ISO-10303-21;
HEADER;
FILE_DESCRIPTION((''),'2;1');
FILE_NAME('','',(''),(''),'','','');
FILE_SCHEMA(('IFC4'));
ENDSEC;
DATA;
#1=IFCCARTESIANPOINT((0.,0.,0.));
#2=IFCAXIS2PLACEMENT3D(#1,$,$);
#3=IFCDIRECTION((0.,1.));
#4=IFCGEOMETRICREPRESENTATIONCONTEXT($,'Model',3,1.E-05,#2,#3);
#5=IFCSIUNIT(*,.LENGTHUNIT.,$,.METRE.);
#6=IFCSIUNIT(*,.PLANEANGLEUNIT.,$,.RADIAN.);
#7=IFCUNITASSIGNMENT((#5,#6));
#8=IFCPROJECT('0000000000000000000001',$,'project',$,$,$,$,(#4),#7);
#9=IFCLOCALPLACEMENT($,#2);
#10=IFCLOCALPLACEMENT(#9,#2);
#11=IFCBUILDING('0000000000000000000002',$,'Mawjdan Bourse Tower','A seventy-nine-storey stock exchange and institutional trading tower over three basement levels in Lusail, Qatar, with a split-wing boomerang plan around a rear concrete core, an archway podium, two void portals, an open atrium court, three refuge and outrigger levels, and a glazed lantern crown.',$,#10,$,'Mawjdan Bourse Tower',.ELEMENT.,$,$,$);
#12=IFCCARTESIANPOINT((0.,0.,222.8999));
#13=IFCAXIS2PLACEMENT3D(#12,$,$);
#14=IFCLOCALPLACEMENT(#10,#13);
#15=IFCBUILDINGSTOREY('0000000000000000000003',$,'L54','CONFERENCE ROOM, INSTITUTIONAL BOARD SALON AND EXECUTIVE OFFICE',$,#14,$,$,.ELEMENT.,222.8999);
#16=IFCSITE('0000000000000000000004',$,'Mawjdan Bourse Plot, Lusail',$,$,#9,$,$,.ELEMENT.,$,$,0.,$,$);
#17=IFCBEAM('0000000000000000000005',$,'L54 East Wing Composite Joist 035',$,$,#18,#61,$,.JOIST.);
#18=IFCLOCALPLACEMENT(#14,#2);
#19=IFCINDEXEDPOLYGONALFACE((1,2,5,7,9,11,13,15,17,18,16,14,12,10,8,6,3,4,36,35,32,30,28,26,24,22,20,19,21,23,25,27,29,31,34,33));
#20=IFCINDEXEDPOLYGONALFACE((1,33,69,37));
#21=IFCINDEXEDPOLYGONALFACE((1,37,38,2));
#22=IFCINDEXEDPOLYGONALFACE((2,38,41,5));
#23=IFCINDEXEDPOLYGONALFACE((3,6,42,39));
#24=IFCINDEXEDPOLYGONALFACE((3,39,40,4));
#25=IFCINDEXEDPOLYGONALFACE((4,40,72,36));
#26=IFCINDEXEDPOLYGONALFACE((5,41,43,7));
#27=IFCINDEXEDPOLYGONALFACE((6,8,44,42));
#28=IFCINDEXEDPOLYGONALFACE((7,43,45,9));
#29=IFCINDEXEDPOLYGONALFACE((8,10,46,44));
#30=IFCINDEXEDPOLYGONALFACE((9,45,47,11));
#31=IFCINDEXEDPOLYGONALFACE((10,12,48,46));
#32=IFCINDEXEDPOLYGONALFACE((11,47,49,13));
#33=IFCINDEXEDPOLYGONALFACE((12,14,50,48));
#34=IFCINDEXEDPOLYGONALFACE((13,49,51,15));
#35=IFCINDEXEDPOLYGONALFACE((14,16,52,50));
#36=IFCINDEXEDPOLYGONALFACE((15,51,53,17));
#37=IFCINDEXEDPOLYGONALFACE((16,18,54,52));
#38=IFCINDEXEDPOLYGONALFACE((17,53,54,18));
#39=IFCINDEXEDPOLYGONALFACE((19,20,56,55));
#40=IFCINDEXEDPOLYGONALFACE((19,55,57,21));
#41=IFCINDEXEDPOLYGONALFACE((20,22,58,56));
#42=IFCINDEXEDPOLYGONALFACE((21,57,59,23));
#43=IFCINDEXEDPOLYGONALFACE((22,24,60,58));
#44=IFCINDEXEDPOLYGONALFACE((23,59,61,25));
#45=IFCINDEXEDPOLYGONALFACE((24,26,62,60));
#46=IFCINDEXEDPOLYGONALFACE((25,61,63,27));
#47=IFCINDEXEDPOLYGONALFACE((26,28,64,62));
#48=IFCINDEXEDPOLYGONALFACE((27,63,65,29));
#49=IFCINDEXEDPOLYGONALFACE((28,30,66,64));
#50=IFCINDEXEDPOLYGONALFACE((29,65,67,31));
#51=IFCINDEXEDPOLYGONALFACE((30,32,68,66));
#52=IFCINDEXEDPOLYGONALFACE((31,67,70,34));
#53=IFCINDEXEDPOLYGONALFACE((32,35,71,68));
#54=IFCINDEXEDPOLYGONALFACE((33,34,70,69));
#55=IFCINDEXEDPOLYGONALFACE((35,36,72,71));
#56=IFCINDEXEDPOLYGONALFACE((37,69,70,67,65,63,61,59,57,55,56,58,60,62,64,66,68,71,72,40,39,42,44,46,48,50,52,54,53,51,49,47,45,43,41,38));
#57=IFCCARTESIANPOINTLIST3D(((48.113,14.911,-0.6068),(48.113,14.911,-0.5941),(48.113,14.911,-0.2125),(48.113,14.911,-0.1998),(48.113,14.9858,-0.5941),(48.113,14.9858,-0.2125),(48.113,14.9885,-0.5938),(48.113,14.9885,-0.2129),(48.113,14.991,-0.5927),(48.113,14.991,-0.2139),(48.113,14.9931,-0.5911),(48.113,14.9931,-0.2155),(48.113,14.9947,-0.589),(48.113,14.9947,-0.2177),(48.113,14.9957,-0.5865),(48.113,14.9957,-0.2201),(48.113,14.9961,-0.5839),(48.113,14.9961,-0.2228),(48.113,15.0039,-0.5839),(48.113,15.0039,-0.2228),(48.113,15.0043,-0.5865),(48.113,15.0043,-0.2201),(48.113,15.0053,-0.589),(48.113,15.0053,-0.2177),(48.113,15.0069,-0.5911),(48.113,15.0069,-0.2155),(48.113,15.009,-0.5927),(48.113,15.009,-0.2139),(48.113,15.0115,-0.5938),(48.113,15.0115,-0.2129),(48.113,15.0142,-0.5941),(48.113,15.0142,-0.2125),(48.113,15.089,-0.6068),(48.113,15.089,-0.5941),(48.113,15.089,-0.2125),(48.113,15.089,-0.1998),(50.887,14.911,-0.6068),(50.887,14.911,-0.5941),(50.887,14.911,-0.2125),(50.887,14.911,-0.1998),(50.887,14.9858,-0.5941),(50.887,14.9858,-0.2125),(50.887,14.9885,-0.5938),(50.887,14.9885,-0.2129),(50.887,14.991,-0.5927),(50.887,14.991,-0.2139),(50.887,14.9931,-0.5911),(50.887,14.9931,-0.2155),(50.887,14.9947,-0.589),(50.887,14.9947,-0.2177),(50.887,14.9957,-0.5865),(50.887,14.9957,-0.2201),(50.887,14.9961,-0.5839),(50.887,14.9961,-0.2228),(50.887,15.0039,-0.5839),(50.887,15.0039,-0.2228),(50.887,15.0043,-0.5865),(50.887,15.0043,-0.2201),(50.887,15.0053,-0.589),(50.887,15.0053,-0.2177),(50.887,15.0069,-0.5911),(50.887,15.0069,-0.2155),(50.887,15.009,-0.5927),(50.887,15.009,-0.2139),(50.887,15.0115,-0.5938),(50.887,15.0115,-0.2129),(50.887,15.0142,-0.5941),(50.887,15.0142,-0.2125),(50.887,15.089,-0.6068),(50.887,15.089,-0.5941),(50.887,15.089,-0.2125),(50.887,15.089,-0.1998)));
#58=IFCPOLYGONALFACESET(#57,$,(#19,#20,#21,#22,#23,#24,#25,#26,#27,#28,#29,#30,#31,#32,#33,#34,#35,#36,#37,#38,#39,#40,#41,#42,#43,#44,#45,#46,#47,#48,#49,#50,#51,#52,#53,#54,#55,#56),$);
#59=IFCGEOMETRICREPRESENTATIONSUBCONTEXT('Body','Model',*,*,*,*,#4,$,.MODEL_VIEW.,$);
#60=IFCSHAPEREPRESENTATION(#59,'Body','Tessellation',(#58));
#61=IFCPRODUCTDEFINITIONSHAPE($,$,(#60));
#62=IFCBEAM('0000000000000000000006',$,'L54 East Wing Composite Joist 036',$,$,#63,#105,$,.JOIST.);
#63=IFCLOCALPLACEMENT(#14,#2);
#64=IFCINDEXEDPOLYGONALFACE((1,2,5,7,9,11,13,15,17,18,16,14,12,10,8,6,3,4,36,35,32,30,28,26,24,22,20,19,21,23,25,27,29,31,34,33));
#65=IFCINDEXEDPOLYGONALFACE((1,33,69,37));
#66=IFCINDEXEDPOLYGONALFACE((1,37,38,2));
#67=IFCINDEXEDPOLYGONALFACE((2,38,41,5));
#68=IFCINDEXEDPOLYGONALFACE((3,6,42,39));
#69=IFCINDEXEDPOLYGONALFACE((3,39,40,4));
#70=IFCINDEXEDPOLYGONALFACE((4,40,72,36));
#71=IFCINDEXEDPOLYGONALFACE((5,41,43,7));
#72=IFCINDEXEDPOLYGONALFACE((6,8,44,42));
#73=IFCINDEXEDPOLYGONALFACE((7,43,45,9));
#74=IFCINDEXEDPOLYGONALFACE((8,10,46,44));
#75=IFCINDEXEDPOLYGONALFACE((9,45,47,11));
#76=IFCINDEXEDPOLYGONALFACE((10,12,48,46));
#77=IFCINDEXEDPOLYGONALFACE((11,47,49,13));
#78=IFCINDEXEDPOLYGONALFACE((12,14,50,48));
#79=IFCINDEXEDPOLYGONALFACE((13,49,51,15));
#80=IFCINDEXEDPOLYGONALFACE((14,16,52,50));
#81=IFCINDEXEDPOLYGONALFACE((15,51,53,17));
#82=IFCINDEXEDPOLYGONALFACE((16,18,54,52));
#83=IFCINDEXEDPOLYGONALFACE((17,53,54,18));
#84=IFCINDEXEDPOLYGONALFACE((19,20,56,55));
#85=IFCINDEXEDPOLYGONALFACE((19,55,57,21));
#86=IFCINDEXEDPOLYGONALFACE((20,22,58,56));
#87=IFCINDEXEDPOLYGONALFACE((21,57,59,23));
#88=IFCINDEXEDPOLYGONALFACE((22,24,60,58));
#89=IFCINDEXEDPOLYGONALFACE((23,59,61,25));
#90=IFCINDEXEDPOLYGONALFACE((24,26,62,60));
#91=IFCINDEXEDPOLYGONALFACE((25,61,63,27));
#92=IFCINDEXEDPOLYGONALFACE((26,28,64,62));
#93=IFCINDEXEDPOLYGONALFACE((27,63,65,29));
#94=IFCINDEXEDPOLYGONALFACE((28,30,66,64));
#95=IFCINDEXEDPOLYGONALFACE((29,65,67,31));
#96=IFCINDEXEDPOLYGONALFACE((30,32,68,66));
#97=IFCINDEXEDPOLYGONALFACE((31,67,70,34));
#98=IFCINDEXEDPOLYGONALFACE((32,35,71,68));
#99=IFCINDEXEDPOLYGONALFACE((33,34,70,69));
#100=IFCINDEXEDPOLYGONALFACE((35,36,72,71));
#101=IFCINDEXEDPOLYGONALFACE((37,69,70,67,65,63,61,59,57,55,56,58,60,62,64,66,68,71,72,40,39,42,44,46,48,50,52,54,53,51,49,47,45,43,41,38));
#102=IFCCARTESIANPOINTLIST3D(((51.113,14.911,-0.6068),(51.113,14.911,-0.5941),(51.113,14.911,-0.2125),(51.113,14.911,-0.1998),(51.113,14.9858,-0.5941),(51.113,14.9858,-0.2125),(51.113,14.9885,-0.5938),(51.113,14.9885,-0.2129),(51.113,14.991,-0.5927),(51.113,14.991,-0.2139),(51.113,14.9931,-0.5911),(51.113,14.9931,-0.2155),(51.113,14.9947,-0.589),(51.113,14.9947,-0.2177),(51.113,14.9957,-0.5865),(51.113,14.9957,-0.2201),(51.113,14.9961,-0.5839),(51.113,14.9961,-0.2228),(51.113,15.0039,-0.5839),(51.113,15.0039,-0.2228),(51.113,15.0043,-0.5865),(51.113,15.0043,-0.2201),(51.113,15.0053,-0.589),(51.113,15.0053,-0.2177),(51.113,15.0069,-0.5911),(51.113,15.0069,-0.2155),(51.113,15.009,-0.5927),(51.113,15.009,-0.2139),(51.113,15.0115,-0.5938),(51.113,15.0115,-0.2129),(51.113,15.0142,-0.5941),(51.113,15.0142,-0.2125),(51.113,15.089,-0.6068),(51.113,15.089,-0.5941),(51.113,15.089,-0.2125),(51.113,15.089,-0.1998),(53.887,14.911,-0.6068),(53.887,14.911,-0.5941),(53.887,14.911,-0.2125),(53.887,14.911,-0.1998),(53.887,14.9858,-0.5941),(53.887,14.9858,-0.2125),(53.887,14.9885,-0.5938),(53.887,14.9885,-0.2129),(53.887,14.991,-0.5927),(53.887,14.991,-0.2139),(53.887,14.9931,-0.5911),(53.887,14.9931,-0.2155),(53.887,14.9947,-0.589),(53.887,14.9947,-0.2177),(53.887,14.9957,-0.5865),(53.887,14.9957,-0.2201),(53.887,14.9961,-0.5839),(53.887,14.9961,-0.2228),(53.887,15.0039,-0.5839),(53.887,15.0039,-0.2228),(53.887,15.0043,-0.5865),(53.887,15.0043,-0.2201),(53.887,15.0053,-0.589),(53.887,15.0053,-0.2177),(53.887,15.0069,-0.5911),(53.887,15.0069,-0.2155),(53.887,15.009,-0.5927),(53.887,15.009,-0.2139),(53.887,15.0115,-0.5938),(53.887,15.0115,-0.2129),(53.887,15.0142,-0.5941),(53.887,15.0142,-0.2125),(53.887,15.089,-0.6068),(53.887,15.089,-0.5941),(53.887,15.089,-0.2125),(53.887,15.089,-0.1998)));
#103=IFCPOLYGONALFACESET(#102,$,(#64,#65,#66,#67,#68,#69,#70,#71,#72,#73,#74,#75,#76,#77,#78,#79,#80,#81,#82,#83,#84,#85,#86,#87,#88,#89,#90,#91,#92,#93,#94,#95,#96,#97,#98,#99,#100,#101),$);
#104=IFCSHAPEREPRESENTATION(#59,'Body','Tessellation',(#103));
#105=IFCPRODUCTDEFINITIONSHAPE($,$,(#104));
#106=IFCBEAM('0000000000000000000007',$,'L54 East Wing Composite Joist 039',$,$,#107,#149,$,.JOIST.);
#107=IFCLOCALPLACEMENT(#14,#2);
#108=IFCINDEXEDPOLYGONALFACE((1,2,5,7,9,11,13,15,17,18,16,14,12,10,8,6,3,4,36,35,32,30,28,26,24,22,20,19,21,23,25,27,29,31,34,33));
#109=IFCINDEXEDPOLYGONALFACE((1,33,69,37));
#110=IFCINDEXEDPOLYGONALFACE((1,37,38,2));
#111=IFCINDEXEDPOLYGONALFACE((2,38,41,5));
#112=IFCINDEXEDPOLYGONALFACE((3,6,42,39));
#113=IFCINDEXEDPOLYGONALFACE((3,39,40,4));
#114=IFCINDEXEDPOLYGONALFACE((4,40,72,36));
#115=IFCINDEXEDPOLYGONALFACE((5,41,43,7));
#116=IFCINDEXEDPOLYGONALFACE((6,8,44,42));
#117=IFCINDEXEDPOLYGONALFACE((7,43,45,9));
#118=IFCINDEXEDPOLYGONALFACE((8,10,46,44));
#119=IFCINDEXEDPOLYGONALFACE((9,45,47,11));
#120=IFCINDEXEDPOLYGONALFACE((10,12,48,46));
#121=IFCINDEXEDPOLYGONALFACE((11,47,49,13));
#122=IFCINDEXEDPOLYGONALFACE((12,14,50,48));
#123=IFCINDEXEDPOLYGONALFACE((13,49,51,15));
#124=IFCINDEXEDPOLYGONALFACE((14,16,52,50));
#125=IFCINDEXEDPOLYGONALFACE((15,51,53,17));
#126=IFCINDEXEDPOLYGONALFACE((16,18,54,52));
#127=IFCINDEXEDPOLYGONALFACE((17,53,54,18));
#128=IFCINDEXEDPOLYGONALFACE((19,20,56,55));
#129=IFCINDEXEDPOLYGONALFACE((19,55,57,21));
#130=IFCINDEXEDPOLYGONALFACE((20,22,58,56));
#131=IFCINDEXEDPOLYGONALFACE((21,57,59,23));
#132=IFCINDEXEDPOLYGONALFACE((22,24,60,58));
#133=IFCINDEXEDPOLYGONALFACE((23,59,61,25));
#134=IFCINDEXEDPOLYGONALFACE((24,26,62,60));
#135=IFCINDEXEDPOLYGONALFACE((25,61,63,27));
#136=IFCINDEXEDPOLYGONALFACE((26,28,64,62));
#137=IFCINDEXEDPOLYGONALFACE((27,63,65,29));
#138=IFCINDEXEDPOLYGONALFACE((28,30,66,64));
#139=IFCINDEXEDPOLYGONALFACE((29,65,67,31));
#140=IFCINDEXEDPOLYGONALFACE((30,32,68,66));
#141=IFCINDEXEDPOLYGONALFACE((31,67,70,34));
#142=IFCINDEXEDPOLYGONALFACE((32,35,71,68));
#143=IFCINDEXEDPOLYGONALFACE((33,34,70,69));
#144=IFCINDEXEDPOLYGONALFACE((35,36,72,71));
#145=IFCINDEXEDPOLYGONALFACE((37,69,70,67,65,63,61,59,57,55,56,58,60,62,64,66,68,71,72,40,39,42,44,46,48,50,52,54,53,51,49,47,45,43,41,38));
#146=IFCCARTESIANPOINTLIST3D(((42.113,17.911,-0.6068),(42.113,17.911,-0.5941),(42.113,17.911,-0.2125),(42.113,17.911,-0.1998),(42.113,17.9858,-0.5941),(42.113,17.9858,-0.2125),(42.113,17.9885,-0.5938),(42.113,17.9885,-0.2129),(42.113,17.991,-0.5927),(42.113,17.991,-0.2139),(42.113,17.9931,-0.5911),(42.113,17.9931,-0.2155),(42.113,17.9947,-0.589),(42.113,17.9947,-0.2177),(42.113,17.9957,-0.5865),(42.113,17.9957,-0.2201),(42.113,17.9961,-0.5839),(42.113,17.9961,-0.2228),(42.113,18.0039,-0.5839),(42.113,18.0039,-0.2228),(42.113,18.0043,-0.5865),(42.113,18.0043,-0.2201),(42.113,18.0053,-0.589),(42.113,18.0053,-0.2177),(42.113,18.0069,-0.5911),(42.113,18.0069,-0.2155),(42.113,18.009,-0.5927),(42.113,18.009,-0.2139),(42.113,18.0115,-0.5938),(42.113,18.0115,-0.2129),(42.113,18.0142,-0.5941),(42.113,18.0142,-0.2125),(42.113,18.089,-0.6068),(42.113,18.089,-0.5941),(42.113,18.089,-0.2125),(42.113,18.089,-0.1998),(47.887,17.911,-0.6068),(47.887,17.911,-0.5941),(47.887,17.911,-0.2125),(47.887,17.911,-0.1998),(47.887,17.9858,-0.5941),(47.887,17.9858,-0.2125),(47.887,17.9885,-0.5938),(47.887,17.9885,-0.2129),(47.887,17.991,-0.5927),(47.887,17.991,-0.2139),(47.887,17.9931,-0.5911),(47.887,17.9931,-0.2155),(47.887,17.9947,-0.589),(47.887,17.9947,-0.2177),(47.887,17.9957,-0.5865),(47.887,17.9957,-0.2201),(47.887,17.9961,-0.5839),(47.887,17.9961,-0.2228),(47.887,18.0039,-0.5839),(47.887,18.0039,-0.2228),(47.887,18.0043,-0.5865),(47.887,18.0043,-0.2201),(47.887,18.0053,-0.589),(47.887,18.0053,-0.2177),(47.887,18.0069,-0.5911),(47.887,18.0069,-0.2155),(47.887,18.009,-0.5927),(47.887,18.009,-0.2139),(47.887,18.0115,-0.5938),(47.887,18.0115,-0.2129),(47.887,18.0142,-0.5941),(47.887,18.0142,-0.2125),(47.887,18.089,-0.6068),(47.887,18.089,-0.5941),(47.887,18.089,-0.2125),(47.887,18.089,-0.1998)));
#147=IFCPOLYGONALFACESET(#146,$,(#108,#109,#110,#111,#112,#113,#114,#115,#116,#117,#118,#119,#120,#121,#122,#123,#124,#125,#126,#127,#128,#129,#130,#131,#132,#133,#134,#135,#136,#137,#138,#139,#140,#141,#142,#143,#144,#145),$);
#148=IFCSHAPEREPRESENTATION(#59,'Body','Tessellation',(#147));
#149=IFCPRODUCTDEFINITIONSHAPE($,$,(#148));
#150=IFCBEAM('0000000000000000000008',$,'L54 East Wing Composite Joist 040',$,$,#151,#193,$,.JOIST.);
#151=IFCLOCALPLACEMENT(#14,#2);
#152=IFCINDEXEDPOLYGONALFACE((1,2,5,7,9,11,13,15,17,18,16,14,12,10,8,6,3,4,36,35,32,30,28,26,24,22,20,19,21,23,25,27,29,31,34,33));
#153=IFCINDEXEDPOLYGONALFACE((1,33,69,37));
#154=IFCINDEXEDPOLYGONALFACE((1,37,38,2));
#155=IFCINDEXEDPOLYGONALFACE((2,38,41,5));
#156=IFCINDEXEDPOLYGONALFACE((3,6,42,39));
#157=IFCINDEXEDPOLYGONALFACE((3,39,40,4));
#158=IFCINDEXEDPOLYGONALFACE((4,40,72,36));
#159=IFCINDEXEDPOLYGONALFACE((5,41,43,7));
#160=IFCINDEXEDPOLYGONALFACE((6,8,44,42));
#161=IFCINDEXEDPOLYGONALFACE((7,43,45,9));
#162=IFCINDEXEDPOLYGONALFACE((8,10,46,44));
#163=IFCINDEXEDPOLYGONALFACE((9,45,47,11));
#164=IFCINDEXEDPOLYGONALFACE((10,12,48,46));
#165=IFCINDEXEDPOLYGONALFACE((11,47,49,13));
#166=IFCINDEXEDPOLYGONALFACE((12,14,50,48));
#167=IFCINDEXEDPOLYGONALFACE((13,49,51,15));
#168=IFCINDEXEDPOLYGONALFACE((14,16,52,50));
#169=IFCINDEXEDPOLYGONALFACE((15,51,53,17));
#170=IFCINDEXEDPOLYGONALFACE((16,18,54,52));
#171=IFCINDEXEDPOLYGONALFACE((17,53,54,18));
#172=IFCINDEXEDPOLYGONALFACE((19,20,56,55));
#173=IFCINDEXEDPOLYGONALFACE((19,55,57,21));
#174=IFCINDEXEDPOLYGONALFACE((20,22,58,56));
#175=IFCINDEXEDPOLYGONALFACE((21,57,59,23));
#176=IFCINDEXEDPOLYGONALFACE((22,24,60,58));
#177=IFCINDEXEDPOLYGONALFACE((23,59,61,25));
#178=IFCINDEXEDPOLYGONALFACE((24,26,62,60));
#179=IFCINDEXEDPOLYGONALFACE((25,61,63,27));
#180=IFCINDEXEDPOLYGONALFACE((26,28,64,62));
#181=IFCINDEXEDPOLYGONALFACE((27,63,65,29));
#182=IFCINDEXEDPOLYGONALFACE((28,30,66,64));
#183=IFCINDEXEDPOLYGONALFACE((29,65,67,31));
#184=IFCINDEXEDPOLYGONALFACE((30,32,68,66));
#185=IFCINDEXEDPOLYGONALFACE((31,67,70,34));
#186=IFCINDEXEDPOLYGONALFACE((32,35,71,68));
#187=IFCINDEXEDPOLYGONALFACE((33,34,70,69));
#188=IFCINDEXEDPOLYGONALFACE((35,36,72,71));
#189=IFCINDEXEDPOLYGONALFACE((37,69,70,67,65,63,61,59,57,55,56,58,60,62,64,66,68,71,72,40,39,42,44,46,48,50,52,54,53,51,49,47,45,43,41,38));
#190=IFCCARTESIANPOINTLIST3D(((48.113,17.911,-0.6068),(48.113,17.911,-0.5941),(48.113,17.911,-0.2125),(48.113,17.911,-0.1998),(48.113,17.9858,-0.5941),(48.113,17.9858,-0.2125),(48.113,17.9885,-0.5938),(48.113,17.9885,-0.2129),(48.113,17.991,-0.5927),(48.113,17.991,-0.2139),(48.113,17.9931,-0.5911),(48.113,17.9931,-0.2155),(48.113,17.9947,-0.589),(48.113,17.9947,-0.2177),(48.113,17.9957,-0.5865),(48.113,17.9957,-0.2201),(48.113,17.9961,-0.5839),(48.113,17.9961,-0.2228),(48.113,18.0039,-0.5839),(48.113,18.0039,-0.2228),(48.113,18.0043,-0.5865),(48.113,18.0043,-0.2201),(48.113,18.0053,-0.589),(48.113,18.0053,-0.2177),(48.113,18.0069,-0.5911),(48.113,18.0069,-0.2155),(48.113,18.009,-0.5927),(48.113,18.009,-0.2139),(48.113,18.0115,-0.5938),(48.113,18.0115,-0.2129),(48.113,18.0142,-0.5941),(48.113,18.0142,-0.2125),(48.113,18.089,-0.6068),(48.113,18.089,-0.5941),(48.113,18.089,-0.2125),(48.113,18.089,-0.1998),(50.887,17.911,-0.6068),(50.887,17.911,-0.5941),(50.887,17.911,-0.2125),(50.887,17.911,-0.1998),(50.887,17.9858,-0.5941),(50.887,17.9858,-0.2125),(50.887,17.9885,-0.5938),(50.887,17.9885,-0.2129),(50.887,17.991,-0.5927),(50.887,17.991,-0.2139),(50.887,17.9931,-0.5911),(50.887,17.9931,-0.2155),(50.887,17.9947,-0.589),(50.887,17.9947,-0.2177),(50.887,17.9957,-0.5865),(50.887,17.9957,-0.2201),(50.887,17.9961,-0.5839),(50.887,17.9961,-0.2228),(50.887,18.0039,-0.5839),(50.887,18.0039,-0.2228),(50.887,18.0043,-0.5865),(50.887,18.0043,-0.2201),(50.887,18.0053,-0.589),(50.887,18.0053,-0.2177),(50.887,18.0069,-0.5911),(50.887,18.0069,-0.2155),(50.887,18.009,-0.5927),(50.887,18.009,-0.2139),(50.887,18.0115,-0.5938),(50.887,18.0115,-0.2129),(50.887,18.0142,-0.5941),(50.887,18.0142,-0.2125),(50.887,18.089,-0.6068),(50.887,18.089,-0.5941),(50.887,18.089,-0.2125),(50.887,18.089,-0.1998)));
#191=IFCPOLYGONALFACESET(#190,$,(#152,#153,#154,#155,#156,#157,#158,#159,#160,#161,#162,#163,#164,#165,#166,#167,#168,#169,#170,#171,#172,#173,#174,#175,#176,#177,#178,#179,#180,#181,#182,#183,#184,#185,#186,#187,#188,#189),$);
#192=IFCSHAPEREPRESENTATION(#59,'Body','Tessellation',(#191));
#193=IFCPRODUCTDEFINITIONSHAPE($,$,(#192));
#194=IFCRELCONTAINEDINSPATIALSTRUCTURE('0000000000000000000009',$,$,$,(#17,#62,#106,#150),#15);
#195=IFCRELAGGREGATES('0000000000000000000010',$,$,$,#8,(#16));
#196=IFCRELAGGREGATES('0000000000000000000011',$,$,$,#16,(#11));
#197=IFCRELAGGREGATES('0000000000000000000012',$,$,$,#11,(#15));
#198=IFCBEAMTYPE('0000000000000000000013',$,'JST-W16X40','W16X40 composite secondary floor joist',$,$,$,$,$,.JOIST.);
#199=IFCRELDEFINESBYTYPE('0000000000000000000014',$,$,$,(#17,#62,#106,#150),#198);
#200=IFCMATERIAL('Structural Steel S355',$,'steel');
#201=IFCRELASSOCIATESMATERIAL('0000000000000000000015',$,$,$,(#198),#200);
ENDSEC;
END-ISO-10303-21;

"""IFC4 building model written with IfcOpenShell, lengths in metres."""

from ifc_helpers import new_model, si_unit, direction, frame, origin, origin_2d, place, context, subcontext, project, spatial, i_section, extrude, material, material_profile, profile_set, type_object, element, save


model = new_model("IFC4")

# Units and contexts
model_context = context("Model", 3, precision=1e-05, world=origin(), true_north=direction((0.0, 1.0)))
body_context = subcontext(model_context, "Body", "Model", "MODEL_VIEW")
ifc_project = project(units=[si_unit("LENGTHUNIT", "METRE"), si_unit("PLANEANGLEUNIT", "RADIAN")], contexts=[model_context])

# Site, building, storey
site_placement = place(None, origin())
site = spatial("IfcSite", under=ifc_project, at=site_placement, Name="Mawjdan Bourse Plot, Lusail", CompositionType="ELEMENT", RefElevation=0.0)
building_placement = place(site_placement, origin())
building = spatial("IfcBuilding", under=site, at=building_placement, Name="Mawjdan Bourse Tower", Description="A seventy-nine-storey stock exchange and institutional trading tower over three basement levels in Lusail, Qatar, with a split-wing boomerang plan around a rear concrete core, an archway podium, two void portals, an open atrium court, three refuge and outrigger levels, and a glazed lantern crown.", LongName="Mawjdan Bourse Tower", CompositionType="ELEMENT")
storey_placement = place(building_placement, frame((0.0, 0.0, 222.8999)))
storey = spatial("IfcBuildingStorey", under=building, at=storey_placement, Name="L54", Description="CONFERENCE ROOM, INSTITUTIONAL BOARD SALON AND EXECUTIVE OFFICE", CompositionType="ELEMENT", Elevation=222.8999)

# Beams
ifc_material_1 = material(Name="Structural Steel S355", Category="steel")
ifc_material_profile_1 = material_profile(ifc_material_1, i_section(OverallWidth=0.178, OverallDepth=0.407, WebThickness=0.0078, FlangeThickness=0.0127, FilletRadius=0.0103, at=origin_2d()), Name="W16X40")
ifc_profile_set_1 = profile_set([ifc_material_profile_1], Name="Structural Steel S355")
beam_type_1 = type_object("IfcBeamType", Name="JST-W16X40", Description="W16X40 composite secondary floor joist", PredefinedType="JOIST", material=ifc_profile_set_1)
for number, where, z_axis, x_axis, name in (
    (1, (48.113, 15.0, -0.4033), (1.0, 0.0, 0.0), (0.0, 1.0, 0.0), "L54 East Wing Composite Joist 035"),
    (2, (51.113, 15.0, -0.4033), (1.0, 0.0, 0.0), (0.0, 1.0, 0.0), "L54 East Wing Composite Joist 036"),
):
    element("IfcBeam", number, at=place(storey_placement, frame(where, z_axis=z_axis, x_axis=x_axis)), inside=storey, type_object=beam_type_1, Name=name, PredefinedType="JOIST", context=body_context, shape_type="SweptSolid", body=[
        extrude(i_section(OverallWidth=0.178, OverallDepth=0.407, WebThickness=0.0078, FlangeThickness=0.0127, FilletRadius=0.0103, at=origin_2d()), origin(), (0.0, 0.0, 1.0), 2.7739),
    ])
beam_placement = place(storey_placement, frame((42.113, 18.0, -0.4033), z_axis=(1.0, 0.0, 0.0), x_axis=(0.0, 1.0, 0.0)))
element("IfcBeam", 3, at=beam_placement, inside=storey, type_object=beam_type_1, Name="L54 East Wing Composite Joist 039", PredefinedType="JOIST", context=body_context, shape_type="SweptSolid", body=[
    extrude(i_section(OverallWidth=0.178, OverallDepth=0.407, WebThickness=0.0078, FlangeThickness=0.0127, FilletRadius=0.0103, at=origin_2d()), origin(), (0.0, 0.0, 1.0), 5.7739),
])
for number, where, z_axis, x_axis, name in (
    (4, (48.113, 18.0, -0.4033), (1.0, 0.0, 0.0), (0.0, 1.0, 0.0), "L54 East Wing Composite Joist 040"),
):
    element("IfcBeam", number, at=place(storey_placement, frame(where, z_axis=z_axis, x_axis=x_axis)), inside=storey, type_object=beam_type_1, Name=name, PredefinedType="JOIST", context=body_context, shape_type="SweptSolid", body=[
        extrude(i_section(OverallWidth=0.178, OverallDepth=0.407, WebThickness=0.0078, FlangeThickness=0.0127, FilletRadius=0.0103, at=origin_2d()), origin(), (0.0, 0.0, 1.0), 2.7739),
    ])

save(model, "model.ifc")
